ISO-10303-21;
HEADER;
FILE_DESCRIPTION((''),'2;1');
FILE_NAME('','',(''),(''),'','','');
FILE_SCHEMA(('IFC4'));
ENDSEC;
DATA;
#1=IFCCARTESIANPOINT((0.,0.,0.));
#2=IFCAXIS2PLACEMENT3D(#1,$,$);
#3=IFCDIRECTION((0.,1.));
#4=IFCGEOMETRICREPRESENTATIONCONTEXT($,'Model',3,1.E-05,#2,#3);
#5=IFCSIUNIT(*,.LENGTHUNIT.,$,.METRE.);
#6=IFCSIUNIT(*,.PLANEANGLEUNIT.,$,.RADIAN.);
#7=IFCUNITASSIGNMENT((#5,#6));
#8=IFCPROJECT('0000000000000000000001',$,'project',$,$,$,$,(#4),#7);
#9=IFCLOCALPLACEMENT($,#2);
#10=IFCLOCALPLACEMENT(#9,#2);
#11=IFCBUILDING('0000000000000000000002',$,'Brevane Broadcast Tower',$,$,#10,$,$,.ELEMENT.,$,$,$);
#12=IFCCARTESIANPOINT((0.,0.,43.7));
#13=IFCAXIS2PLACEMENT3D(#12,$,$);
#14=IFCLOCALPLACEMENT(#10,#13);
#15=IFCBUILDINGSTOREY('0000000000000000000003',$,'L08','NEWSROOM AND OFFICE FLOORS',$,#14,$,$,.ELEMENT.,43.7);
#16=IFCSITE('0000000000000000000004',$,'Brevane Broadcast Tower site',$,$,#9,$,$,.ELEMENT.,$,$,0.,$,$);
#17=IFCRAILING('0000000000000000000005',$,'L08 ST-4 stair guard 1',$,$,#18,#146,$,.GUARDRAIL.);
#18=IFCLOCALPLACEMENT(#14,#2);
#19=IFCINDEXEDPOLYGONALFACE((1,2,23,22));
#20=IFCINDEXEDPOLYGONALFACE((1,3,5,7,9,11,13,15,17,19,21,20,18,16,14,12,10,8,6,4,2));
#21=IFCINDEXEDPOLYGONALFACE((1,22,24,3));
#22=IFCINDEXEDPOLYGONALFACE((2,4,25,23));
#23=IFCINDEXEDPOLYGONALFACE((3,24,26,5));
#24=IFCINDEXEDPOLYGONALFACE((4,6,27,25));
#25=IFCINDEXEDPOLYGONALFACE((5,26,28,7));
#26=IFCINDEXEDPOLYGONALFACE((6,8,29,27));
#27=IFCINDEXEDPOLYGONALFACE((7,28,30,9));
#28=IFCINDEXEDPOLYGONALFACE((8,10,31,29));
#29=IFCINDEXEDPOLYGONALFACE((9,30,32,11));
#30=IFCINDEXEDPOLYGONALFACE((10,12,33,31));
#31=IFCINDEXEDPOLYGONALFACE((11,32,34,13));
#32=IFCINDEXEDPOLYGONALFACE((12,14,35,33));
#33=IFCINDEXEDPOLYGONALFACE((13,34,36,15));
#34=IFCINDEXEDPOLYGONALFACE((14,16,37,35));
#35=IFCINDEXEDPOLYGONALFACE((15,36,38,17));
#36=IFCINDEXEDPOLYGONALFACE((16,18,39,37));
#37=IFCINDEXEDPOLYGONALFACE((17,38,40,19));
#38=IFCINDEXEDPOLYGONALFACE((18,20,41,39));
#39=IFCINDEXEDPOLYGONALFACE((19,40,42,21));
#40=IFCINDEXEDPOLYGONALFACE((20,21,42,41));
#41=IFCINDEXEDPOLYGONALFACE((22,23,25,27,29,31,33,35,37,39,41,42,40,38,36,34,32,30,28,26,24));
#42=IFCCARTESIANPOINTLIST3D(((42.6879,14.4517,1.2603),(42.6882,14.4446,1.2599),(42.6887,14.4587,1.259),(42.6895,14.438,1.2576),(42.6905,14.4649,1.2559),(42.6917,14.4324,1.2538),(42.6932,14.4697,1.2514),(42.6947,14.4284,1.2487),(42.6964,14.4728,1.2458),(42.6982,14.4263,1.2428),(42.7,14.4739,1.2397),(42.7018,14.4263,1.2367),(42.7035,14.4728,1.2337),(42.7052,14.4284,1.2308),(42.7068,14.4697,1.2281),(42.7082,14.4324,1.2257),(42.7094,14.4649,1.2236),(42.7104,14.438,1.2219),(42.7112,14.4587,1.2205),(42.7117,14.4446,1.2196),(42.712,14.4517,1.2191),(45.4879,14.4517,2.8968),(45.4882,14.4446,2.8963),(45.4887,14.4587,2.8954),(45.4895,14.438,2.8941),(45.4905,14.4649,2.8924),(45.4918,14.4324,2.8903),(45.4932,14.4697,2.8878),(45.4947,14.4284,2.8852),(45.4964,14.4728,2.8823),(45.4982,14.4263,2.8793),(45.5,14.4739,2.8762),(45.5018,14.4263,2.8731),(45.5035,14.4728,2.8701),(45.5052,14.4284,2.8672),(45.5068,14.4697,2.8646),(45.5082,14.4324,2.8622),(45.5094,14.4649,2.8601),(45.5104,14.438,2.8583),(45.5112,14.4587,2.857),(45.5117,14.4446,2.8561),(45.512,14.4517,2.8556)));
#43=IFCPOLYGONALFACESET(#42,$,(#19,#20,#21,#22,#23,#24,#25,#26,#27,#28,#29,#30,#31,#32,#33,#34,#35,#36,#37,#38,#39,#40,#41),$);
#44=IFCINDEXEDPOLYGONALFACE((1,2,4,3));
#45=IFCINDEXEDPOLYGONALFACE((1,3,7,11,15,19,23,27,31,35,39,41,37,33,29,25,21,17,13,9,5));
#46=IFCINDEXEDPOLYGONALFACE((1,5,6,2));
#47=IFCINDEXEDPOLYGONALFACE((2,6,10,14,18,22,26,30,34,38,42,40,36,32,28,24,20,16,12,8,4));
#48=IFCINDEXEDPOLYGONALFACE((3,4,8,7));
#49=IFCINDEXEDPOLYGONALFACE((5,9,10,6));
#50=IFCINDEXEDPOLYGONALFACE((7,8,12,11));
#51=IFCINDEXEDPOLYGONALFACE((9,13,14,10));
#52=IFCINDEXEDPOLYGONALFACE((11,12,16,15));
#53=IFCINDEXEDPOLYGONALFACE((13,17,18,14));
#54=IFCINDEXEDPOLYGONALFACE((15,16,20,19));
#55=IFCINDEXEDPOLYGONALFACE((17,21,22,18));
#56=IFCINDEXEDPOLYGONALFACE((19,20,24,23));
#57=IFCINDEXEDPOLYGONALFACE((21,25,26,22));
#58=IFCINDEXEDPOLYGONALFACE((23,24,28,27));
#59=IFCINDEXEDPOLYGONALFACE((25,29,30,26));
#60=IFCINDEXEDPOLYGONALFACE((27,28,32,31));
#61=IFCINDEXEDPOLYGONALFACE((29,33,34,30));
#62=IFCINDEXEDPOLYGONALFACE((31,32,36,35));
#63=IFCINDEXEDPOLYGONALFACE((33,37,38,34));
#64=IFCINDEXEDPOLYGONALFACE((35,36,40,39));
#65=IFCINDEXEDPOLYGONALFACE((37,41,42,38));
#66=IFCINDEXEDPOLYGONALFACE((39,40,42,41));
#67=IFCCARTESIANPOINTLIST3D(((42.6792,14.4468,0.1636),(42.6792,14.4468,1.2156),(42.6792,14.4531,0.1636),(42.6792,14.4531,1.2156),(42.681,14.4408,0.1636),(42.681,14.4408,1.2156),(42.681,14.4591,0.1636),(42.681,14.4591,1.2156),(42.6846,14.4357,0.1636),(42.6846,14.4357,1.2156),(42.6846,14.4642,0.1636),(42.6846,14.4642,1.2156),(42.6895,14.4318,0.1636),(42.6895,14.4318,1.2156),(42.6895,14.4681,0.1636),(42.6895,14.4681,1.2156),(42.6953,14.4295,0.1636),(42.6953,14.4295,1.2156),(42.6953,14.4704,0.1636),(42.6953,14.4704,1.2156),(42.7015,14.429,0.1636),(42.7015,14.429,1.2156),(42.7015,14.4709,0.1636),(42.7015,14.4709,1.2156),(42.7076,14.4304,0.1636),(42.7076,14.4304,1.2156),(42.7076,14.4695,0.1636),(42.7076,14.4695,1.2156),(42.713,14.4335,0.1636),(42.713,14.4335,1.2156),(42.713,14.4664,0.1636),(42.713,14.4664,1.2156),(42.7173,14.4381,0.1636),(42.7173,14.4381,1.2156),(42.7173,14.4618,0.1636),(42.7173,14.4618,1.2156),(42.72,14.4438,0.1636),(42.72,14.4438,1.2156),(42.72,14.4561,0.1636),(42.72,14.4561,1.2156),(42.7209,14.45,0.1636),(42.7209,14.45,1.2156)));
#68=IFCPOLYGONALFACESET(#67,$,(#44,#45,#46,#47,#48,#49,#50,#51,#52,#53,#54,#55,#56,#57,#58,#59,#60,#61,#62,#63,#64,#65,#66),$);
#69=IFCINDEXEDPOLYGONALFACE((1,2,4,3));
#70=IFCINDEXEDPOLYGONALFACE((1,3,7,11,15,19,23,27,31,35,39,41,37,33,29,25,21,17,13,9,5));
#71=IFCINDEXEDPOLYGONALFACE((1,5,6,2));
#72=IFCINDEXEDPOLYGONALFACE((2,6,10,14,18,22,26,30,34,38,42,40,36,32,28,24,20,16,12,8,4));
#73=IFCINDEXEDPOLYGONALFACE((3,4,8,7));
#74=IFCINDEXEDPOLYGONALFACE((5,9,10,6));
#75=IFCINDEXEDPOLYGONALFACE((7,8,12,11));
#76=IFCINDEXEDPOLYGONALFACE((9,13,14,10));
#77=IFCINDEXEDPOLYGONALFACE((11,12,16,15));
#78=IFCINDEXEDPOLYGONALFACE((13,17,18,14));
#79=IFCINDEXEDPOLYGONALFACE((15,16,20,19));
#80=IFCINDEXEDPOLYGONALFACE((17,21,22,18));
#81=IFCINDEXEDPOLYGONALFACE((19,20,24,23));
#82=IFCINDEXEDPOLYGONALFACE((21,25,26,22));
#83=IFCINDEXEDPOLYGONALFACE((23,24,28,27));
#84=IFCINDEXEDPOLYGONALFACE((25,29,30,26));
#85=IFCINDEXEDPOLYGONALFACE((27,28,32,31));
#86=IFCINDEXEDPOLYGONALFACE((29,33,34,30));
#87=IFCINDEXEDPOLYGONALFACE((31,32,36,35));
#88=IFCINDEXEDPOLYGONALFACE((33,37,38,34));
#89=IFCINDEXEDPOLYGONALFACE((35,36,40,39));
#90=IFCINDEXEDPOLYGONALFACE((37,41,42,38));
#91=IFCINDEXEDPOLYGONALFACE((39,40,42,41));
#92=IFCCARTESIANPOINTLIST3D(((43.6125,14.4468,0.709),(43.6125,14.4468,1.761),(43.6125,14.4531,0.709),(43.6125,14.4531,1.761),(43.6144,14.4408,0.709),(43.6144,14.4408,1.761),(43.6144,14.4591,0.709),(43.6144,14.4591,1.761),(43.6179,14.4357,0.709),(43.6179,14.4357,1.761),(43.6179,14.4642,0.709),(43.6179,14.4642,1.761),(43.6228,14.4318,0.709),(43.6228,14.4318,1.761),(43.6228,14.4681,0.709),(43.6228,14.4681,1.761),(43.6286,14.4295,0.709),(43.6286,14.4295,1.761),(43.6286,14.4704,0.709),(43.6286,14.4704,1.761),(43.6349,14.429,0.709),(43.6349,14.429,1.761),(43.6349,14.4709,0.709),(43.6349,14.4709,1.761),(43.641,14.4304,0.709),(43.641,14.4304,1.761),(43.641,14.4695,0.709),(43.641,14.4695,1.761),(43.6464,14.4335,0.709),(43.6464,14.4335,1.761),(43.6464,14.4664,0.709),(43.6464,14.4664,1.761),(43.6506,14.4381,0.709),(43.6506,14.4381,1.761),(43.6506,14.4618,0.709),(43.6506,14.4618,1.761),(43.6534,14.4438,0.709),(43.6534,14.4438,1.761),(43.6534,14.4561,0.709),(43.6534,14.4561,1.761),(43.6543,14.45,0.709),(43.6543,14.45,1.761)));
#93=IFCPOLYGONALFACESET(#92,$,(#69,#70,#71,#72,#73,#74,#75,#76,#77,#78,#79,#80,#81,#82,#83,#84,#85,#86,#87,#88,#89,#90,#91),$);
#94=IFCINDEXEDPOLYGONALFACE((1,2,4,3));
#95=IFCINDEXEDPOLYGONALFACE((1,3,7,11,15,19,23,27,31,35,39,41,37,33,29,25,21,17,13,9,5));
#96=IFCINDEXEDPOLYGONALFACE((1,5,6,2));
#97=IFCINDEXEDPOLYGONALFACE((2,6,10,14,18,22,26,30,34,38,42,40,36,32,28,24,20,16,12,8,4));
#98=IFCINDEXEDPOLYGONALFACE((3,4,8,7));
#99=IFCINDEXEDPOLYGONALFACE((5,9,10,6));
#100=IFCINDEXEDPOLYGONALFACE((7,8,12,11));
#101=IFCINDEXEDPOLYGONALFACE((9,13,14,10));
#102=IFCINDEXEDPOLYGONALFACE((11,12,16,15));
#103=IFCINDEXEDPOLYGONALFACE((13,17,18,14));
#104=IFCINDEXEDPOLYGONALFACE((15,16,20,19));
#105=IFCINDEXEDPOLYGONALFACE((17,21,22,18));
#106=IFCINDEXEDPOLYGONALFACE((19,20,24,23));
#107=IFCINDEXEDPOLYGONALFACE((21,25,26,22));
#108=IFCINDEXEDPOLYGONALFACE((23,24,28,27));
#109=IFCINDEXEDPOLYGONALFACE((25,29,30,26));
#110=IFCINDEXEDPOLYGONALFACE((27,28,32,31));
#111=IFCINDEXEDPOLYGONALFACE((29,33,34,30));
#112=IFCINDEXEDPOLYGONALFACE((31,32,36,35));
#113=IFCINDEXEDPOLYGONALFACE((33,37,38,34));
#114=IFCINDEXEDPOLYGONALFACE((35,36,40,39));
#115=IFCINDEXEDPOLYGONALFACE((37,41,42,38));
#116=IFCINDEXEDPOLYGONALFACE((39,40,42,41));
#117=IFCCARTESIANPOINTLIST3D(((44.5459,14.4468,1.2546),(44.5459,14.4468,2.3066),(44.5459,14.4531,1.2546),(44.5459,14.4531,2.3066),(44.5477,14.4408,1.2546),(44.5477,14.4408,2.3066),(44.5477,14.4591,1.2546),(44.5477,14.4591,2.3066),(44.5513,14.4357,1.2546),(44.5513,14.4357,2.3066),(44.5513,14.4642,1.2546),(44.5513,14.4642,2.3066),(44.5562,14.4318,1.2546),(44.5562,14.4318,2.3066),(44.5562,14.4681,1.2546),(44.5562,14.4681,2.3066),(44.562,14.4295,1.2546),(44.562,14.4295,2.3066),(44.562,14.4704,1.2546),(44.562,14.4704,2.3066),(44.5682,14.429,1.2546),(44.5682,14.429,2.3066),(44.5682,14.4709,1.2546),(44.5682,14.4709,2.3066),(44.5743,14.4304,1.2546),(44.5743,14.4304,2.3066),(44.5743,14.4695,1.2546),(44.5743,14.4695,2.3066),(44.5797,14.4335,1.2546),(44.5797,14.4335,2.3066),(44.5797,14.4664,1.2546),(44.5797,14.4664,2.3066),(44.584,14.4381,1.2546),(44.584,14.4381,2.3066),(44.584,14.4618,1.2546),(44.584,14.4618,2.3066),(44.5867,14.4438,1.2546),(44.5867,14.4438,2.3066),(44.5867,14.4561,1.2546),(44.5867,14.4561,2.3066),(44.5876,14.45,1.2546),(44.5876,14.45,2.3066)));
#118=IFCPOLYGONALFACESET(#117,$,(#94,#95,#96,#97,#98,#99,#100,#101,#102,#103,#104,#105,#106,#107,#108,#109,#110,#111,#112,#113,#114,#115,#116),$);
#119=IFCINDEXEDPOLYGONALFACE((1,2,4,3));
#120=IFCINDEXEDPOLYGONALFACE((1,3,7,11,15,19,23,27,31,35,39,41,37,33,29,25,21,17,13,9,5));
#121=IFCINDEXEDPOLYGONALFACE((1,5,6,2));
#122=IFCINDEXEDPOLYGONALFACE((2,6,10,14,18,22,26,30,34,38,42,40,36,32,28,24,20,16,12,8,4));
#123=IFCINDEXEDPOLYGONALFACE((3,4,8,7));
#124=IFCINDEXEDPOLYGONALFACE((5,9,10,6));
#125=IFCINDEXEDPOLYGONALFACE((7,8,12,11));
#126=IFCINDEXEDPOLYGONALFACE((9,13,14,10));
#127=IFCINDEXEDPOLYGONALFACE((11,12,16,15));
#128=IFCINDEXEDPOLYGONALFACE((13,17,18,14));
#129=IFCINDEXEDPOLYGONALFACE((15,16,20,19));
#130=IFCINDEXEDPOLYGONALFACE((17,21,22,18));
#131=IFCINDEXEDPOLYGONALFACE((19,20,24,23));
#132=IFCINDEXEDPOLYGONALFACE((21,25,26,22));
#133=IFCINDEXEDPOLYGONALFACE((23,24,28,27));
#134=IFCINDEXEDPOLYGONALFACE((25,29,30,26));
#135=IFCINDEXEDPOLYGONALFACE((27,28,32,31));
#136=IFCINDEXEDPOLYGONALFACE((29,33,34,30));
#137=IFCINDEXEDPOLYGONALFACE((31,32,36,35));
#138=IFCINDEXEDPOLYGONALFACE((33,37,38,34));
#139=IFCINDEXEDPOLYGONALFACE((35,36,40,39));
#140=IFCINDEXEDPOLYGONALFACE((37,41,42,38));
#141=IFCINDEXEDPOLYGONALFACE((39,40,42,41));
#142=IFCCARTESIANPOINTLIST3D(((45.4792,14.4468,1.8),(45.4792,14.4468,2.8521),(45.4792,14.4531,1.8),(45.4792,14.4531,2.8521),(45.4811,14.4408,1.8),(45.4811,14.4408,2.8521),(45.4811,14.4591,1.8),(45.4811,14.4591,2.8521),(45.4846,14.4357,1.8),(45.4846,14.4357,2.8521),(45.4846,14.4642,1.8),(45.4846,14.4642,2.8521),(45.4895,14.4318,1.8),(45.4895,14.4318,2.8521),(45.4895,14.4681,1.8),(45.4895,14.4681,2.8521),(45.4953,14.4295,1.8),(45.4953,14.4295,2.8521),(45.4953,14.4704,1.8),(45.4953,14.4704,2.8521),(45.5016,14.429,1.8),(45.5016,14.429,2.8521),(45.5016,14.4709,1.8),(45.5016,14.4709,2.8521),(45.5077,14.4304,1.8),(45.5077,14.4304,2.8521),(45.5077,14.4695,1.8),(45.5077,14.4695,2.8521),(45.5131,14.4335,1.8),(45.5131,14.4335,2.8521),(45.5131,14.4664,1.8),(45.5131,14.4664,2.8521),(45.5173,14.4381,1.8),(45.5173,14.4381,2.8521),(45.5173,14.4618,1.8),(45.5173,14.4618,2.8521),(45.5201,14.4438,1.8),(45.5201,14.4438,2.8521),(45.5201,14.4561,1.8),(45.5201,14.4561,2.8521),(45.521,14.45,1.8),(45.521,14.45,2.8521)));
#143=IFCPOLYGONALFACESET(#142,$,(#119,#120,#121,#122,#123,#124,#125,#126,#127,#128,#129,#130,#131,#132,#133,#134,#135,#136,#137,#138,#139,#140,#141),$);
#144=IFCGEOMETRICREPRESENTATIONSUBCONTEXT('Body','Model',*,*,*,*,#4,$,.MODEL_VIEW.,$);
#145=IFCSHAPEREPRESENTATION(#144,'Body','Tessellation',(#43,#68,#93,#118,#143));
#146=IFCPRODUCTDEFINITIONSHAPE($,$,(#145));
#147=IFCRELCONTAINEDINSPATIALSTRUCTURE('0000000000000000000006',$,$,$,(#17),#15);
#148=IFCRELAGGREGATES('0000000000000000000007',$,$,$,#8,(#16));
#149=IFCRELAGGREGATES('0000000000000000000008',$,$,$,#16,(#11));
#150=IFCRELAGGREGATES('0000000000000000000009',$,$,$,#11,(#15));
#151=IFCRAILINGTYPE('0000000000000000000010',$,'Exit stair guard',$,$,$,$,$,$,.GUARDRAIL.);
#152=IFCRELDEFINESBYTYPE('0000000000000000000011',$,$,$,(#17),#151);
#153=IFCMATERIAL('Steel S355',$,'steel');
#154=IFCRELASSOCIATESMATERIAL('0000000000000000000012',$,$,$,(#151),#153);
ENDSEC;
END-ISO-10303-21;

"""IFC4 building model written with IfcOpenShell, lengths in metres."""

from ifc_helpers import new_model, si_unit, direction, frame, origin, origin_2d, place, context, subcontext, project, spatial, circle, extrude, material, type_object, element, save


model = new_model("IFC4")

# Units and contexts
model_context = context("Model", 3, precision=1e-05, world=origin(), true_north=direction((0.0, 1.0)))
body_context = subcontext(model_context, "Body", "Model", "MODEL_VIEW")
ifc_project = project(units=[si_unit("LENGTHUNIT", "METRE"), si_unit("PLANEANGLEUNIT", "RADIAN")], contexts=[model_context])

# Site, building, storey
site_placement = place(None, origin())
site = spatial("IfcSite", under=ifc_project, at=site_placement, Name="Brevane Broadcast Tower site", CompositionType="ELEMENT", RefElevation=0.0)
building_placement = place(site_placement, origin())
building = spatial("IfcBuilding", under=site, at=building_placement, Name="Brevane Broadcast Tower", CompositionType="ELEMENT")
storey_placement = place(building_placement, frame((0.0, 0.0, 43.7)))
storey = spatial("IfcBuildingStorey", under=building, at=storey_placement, Name="L08", Description="NEWSROOM AND OFFICE FLOORS", CompositionType="ELEMENT", Elevation=43.7)

# Railing
ifc_material_1 = material(Name="Steel S355", Category="steel")
railing_type_1 = type_object("IfcRailingType", Name="Exit stair guard", PredefinedType="GUARDRAIL", material=ifc_material_1)
railing_1_placement = place(storey_placement, frame((42.7, 14.45, 0.1636)))
element("IfcRailing", 1, at=railing_1_placement, inside=storey, type_object=railing_type_1, Name="L08 ST-4 stair guard 1", PredefinedType="GUARDRAIL", context=body_context, shape_type="SweptSolid", body=[
    extrude(circle(Radius=0.0239, at=origin_2d()), frame((0.0, 0.0, 1.0762), z_axis=(0.863361, 0.0, 0.504587), x_axis=(0.0, 1.0, 0.0)), (0.0, 0.0, 1.0), 3.2432),
    extrude(circle(Radius=0.021, at=origin_2d()), origin(), (0.0, 0.0, 1.0), 1.052),
    extrude(circle(Radius=0.021, at=origin_2d()), frame((0.9333, 0.0, 0.5454)), (0.0, 0.0, 1.0), 1.052),
    extrude(circle(Radius=0.021, at=origin_2d()), frame((1.8667, 0.0, 1.0911)), (0.0, 0.0, 1.0), 1.052),
    extrude(circle(Radius=0.021, at=origin_2d()), frame((2.8, 0.0, 1.6365)), (0.0, 0.0, 1.0), 1.052),
])

save(model, "model.ifc")
